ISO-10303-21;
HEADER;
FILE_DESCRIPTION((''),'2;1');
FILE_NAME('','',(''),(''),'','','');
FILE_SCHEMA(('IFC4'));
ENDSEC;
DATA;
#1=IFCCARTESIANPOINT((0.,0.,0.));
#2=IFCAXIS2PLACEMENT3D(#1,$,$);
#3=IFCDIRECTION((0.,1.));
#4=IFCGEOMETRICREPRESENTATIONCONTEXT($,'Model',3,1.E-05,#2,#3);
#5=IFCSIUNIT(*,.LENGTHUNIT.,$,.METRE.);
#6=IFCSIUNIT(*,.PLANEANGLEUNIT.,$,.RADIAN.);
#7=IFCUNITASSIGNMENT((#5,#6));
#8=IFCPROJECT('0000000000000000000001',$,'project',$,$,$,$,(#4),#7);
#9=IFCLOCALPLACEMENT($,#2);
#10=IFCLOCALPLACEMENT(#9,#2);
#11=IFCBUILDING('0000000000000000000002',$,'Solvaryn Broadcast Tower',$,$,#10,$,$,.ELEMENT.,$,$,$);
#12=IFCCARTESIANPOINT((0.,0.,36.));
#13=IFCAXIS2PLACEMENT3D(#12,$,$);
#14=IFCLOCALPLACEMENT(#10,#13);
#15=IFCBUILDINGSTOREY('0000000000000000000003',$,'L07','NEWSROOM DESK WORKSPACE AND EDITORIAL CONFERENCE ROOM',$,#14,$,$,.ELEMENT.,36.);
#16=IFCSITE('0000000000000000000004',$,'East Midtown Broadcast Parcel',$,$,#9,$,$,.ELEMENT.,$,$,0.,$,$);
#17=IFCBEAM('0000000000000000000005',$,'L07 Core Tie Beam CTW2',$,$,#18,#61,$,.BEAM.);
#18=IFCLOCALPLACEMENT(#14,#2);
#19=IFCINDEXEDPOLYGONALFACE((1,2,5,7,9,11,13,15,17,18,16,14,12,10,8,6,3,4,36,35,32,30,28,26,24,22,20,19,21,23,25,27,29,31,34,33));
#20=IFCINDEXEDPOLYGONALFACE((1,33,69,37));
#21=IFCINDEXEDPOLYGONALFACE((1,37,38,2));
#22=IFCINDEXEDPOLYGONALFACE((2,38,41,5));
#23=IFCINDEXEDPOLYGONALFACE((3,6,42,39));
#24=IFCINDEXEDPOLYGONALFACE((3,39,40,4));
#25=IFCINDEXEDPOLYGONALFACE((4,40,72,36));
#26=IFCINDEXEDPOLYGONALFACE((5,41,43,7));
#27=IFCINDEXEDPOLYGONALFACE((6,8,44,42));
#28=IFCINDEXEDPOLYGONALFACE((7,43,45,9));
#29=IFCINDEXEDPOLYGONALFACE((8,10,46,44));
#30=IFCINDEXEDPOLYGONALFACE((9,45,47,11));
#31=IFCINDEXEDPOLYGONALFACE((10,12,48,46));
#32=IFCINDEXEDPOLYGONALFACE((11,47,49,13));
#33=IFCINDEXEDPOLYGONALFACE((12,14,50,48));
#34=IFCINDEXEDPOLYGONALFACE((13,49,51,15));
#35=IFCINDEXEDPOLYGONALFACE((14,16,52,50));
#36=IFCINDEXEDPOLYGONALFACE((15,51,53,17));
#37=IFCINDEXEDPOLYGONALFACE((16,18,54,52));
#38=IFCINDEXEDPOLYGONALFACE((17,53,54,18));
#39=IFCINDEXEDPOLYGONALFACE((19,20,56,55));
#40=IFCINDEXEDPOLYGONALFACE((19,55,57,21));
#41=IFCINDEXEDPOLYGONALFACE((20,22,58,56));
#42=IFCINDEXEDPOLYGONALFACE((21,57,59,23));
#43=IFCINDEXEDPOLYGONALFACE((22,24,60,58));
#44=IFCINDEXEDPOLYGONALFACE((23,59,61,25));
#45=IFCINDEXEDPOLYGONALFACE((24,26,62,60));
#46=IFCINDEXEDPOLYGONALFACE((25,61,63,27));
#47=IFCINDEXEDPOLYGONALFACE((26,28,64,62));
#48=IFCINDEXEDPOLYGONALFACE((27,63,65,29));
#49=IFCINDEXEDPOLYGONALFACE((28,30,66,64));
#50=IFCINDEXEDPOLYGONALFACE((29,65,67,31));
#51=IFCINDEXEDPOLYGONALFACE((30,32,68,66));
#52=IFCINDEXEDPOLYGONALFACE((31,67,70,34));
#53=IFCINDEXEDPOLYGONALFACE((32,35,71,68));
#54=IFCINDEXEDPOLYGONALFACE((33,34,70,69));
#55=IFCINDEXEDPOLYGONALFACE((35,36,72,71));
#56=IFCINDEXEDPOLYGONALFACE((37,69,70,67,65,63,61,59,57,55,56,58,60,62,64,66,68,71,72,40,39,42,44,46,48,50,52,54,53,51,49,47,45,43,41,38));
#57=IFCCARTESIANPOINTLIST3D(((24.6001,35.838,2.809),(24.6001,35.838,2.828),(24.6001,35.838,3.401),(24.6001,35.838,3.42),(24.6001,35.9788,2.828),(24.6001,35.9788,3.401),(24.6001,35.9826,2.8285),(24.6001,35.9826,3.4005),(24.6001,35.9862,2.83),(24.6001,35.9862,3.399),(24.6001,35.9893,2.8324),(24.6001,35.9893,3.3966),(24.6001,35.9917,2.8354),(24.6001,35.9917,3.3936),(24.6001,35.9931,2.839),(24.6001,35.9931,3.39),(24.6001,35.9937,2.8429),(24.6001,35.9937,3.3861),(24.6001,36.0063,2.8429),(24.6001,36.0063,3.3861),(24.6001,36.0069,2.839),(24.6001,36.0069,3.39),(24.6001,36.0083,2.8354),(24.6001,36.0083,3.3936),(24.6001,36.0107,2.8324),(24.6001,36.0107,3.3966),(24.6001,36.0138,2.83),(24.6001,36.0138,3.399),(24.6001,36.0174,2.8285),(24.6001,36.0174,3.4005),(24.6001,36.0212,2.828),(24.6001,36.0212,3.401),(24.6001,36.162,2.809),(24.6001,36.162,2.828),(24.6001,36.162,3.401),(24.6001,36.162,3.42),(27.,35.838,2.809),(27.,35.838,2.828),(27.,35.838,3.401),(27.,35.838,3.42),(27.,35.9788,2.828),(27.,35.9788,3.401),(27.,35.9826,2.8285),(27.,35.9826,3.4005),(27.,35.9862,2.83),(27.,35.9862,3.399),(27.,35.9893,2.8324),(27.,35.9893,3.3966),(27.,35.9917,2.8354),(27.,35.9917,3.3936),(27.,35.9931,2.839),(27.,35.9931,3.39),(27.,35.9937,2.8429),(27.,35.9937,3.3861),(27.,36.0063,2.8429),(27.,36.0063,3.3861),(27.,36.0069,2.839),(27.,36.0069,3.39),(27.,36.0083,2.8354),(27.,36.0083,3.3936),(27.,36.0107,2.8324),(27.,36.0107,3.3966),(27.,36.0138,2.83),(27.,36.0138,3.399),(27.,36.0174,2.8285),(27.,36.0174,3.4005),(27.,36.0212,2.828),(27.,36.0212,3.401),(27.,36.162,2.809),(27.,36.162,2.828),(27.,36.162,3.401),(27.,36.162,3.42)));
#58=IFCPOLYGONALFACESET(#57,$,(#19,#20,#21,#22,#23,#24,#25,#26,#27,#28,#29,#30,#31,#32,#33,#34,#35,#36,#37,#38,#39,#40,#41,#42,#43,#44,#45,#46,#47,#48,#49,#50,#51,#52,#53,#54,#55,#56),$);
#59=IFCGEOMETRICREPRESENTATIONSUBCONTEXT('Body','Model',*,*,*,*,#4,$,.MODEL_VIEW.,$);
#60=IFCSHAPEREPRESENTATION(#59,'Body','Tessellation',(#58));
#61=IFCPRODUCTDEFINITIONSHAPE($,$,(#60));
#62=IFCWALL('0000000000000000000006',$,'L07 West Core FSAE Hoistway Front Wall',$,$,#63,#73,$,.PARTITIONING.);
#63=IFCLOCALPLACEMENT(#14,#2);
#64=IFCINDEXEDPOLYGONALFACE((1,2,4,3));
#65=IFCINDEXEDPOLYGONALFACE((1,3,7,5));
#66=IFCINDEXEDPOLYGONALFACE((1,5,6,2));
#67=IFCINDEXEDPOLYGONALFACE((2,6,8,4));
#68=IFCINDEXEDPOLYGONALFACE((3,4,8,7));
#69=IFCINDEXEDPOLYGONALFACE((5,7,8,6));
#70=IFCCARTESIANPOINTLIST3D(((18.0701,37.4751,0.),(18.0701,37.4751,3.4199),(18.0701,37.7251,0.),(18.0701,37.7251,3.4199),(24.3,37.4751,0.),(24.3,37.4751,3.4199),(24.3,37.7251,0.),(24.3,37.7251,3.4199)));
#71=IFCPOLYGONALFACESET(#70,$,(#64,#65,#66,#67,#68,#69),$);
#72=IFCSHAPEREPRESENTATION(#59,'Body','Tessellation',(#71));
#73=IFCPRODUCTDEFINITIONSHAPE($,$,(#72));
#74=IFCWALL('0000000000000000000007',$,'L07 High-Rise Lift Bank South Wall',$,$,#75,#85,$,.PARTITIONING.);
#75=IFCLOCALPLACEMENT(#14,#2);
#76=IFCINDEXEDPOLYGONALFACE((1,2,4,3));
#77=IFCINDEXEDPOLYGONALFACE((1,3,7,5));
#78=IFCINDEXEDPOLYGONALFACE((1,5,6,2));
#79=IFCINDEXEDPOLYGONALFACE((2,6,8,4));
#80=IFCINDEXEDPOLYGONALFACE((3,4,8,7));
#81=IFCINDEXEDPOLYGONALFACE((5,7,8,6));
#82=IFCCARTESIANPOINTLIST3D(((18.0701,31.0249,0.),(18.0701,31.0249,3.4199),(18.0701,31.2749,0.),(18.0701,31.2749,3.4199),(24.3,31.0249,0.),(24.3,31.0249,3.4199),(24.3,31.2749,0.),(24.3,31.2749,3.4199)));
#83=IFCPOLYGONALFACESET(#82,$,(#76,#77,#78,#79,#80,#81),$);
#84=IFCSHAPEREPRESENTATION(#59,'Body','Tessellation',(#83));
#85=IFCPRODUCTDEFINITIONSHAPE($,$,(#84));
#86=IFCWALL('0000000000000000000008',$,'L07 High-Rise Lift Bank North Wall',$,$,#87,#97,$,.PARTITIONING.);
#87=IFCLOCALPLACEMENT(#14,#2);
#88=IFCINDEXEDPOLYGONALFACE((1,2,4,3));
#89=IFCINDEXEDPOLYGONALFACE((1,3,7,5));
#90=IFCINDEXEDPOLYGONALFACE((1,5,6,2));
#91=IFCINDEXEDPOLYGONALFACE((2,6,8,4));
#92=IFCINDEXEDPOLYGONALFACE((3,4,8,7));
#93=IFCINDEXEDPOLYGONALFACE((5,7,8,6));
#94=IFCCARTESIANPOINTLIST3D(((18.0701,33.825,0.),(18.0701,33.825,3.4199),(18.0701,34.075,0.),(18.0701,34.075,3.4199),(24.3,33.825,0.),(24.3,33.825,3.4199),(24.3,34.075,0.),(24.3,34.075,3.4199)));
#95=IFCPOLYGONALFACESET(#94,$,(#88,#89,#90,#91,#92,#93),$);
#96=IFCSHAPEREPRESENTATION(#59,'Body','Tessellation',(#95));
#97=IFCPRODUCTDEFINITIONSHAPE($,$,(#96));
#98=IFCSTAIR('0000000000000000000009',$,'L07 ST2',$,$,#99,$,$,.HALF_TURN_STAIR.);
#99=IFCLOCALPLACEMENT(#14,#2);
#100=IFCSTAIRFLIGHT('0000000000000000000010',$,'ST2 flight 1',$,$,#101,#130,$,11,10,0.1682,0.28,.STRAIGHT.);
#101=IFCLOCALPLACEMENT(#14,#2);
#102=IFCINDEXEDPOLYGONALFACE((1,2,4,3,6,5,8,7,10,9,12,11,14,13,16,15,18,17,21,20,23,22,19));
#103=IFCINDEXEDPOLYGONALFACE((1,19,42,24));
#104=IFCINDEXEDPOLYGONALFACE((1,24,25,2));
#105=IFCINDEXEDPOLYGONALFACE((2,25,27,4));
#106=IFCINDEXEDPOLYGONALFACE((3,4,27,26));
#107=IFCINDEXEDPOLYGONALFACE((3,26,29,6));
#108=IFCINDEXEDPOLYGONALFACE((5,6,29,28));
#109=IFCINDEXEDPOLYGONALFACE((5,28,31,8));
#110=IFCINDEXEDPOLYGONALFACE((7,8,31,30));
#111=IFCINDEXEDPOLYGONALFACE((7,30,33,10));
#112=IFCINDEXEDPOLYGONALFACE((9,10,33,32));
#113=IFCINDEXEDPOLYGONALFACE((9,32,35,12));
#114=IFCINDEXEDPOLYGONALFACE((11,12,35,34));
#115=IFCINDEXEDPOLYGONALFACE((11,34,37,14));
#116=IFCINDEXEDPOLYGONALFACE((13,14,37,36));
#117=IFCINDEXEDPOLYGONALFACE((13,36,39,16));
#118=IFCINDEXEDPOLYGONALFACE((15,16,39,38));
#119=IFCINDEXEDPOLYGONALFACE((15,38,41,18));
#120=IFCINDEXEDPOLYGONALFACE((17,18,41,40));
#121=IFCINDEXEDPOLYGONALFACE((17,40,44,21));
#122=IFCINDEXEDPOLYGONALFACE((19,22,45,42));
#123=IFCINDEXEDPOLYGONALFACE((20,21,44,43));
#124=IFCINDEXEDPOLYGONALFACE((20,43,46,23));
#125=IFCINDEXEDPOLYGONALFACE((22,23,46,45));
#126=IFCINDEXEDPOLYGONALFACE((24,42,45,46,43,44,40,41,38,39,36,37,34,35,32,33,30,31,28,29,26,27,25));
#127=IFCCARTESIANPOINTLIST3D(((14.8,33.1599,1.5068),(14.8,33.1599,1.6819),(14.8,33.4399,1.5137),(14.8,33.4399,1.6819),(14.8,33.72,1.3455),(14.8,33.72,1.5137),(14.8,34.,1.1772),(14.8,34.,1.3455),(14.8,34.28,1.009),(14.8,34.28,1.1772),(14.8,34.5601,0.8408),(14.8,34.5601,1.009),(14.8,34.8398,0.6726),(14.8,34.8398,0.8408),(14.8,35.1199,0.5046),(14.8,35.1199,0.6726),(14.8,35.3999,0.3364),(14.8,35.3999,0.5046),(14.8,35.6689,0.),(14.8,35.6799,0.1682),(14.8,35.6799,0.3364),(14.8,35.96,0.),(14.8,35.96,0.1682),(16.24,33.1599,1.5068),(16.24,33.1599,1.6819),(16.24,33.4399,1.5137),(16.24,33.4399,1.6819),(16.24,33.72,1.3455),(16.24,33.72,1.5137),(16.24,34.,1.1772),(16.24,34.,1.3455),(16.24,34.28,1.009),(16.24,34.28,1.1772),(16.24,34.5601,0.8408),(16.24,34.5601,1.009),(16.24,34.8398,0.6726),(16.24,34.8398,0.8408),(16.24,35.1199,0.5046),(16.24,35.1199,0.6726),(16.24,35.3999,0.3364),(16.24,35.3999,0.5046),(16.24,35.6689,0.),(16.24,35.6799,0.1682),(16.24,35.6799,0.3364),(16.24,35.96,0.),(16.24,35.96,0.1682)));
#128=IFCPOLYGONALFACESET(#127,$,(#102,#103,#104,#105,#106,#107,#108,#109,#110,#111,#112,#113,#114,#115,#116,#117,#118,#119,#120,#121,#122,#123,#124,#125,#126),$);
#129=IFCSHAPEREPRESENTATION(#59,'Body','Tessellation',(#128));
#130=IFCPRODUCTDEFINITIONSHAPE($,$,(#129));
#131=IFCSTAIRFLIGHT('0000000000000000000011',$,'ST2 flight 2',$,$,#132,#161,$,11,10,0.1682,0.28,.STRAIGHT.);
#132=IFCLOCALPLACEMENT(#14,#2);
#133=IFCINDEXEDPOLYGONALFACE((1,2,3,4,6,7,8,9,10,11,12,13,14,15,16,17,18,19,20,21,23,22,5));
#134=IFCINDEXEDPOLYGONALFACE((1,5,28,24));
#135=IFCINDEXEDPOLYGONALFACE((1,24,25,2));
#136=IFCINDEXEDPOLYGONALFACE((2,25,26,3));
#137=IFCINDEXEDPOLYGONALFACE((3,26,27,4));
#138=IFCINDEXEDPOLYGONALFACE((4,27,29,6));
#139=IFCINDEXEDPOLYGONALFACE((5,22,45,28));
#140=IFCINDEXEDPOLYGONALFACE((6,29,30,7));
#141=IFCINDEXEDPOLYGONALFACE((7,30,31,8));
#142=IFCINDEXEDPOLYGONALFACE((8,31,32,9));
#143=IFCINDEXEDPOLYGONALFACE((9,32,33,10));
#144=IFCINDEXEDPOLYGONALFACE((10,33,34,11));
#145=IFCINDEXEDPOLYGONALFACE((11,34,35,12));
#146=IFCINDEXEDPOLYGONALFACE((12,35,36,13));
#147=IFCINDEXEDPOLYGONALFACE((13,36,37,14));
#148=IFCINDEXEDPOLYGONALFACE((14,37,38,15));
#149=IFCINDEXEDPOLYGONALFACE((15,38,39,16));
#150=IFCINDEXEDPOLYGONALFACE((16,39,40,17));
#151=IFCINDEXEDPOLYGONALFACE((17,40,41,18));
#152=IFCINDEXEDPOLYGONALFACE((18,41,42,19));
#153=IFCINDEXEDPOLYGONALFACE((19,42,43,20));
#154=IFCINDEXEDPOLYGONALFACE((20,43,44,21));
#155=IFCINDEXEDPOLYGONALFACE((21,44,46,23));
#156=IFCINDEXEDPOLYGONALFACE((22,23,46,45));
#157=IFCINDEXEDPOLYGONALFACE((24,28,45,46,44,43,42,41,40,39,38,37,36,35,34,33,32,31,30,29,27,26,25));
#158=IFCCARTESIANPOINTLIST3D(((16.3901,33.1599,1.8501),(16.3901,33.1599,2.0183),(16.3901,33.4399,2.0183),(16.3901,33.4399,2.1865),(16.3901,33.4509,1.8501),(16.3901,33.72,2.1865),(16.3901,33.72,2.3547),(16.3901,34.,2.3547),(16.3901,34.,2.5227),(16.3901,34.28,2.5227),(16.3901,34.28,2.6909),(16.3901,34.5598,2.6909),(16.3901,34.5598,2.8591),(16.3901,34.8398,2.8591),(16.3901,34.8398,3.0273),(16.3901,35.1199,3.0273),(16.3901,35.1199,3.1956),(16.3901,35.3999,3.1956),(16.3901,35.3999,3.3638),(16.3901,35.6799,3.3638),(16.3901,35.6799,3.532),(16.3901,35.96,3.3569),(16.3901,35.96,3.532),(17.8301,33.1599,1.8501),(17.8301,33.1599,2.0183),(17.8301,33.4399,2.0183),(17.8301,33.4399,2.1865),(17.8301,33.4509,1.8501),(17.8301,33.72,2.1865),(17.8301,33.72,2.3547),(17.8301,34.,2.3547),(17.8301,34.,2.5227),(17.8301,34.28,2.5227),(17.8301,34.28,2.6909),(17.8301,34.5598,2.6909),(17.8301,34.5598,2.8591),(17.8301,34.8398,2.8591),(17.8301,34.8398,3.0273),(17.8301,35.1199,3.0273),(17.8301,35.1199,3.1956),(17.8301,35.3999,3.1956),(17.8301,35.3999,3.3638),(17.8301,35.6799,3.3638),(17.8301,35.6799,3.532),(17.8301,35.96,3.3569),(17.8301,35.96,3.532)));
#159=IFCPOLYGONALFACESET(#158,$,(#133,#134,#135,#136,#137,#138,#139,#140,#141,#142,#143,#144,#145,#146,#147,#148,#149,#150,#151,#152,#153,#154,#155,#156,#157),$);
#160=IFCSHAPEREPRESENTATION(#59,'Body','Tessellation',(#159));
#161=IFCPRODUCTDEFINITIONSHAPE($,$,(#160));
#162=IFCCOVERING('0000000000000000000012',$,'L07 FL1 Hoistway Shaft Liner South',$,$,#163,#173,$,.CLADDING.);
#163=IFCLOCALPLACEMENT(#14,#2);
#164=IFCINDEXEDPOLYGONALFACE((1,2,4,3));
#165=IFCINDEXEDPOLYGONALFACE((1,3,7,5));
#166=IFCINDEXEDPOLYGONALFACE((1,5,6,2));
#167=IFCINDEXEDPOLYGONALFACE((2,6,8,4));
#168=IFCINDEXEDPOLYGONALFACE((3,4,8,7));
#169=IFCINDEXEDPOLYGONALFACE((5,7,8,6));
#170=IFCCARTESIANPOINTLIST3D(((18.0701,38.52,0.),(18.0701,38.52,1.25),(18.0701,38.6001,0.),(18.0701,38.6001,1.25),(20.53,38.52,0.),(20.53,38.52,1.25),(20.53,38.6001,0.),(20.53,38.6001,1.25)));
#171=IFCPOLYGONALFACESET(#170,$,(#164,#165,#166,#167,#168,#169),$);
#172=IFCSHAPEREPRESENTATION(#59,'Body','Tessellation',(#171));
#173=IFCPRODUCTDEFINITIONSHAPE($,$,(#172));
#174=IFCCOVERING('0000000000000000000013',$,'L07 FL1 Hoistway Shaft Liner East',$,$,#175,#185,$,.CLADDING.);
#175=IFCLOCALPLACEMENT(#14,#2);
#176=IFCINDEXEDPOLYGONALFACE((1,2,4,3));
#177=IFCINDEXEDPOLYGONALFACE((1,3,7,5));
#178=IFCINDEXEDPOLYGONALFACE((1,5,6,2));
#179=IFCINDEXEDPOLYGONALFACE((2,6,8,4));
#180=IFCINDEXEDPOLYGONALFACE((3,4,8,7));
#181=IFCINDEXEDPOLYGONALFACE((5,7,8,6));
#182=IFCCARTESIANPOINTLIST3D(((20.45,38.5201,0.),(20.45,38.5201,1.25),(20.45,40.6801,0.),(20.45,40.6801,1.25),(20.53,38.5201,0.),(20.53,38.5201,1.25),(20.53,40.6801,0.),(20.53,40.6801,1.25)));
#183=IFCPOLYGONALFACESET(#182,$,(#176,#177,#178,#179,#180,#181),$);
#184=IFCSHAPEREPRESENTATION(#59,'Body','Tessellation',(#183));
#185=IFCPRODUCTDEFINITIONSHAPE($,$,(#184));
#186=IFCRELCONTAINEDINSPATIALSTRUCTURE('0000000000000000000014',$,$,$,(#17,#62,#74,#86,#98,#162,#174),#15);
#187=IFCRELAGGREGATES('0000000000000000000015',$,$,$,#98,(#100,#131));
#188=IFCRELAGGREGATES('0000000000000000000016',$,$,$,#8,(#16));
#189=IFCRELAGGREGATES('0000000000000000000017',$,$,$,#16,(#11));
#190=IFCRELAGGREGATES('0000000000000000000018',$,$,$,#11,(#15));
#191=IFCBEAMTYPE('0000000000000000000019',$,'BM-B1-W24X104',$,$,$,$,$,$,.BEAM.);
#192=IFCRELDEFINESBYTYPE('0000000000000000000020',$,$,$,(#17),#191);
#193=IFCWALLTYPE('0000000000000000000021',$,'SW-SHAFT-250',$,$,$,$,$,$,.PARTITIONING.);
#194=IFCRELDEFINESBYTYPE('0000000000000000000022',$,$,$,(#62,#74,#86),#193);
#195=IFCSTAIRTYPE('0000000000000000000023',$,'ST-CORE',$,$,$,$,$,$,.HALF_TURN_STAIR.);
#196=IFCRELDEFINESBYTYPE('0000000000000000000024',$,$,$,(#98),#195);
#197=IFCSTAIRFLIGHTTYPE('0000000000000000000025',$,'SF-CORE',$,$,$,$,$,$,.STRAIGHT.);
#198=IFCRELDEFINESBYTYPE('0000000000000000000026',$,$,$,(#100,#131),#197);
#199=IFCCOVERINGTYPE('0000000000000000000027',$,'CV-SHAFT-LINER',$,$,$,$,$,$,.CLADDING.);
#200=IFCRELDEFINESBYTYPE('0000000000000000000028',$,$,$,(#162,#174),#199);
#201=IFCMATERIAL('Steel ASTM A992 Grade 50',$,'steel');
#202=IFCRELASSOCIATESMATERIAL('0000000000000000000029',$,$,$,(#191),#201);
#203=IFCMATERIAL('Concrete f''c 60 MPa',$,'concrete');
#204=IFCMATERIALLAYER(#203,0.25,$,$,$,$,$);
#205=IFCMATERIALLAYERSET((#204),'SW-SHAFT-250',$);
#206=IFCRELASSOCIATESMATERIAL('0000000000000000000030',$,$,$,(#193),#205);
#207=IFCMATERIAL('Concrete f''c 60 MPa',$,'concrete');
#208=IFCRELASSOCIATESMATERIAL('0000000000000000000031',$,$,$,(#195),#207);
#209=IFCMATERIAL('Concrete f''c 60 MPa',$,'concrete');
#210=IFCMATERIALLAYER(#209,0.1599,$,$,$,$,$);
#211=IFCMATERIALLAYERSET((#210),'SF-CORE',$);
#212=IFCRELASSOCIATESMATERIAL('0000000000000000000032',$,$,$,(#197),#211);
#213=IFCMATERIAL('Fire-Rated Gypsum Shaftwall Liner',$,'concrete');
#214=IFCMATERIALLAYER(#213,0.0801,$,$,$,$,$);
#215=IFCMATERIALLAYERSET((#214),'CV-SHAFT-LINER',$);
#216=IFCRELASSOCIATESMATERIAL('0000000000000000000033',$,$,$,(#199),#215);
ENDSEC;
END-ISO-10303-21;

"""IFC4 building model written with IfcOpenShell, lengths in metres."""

from ifc_helpers import new_model, si_unit, direction, frame, frame_2d, origin, origin_2d, place, context, subcontext, project, spatial, polyline, rectangle, i_section, outline, extrude, material, layer, layer_set, material_profile, profile_set, type_object, element, aggregate, save


model = new_model("IFC4")

# Units and contexts
model_context = context("Model", 3, precision=1e-05, world=origin(), true_north=direction((0.0, 1.0)))
body_context = subcontext(model_context, "Body", "Model", "MODEL_VIEW")
ifc_project = project(units=[si_unit("LENGTHUNIT", "METRE"), si_unit("PLANEANGLEUNIT", "RADIAN")], contexts=[model_context])

# Site, building, storey
site_placement = place(None, origin())
site = spatial("IfcSite", under=ifc_project, at=site_placement, Name="East Midtown Broadcast Parcel", CompositionType="ELEMENT", RefElevation=0.0)
building_placement = place(site_placement, origin())
building = spatial("IfcBuilding", under=site, at=building_placement, Name="Solvaryn Broadcast Tower", CompositionType="ELEMENT")
storey_placement = place(building_placement, frame((0.0, 0.0, 36.0)))
storey = spatial("IfcBuildingStorey", under=building, at=storey_placement, Name="L07", Description="NEWSROOM DESK WORKSPACE AND EDITORIAL CONFERENCE ROOM", CompositionType="ELEMENT", Elevation=36.0)

# Beam
ifc_material_1 = material(Name="Steel ASTM A992 Grade 50", Category="steel")
ifc_material_profile = material_profile(ifc_material_1, i_section(OverallWidth=0.324, OverallDepth=0.6111, WebThickness=0.0127, FlangeThickness=0.019, FilletRadius=0.0149, at=origin_2d()))
ifc_profile_set = profile_set([ifc_material_profile], Name="Steel ASTM A992 Grade 50")
beam_type = type_object("IfcBeamType", Name="BM-B1-W24X104", PredefinedType="BEAM", material=ifc_profile_set)
beam_placement = place(storey_placement, frame((24.6001, 36.0, 3.1145), z_axis=(1.0, 0.0, 0.0), x_axis=(0.0, 1.0, 0.0)))
element("IfcBeam", 1, at=beam_placement, inside=storey, type_object=beam_type, Name="L07 Core Tie Beam CTW2", PredefinedType="BEAM", context=body_context, shape_type="SweptSolid", body=[
    extrude(i_section(OverallWidth=0.324, OverallDepth=0.6111, WebThickness=0.0127, FlangeThickness=0.019, FilletRadius=0.0149, at=origin_2d()), origin(), (0.0, 0.0, 1.0), 2.3999),
])

# Walls
ifc_material_2 = material(Name="Concrete f'c 60 MPa", Category="concrete")
ifc_layer_1 = layer(ifc_material_2, 0.25)
ifc_layer_set_1 = layer_set([ifc_layer_1], Name="SW-SHAFT-250")
wall_type_1 = type_object("IfcWallType", Name="SW-SHAFT-250", PredefinedType="PARTITIONING", material=ifc_layer_set_1)
for number, where, z_axis, x_axis, name in (
    (2, (18.0701, 37.6001, 0.0), (0.0, 0.0, 1.0), (1.0, 0.0, 0.0), "L07 West Core FSAE Hoistway Front Wall"),
    (3, (18.0701, 31.1499, 0.0), (0.0, 0.0, 1.0), (1.0, 0.0, 0.0), "L07 High-Rise Lift Bank South Wall"),
    (4, (24.3, 33.95, 0.0), (0.0, 0.0, 1.0), (-1.0, 0.0, 0.0), "L07 High-Rise Lift Bank North Wall"),
):
    element("IfcWall", number, at=place(storey_placement, frame(where, z_axis=z_axis, x_axis=x_axis)), inside=storey, type_object=wall_type_1, Name=name, PredefinedType="PARTITIONING", context=body_context, shape_type="SweptSolid", body=[
        extrude(rectangle(XDim=6.23, YDim=0.25, at=frame_2d((3.115, 0.0))), origin(), (0.0, 0.0, 1.0), 3.4199),
    ])

# Stair, stair flights
ifc_material_3 = material(Name="Concrete f'c 60 MPa", Category="concrete")
stair_type = type_object("IfcStairType", Name="ST-CORE", PredefinedType="HALF_TURN_STAIR", material=ifc_material_3)
stair_placement = place(storey_placement, origin())
stair = element("IfcStair", 5, at=stair_placement, inside=storey, type_object=stair_type, Name="L07 ST2", PredefinedType="HALF_TURN_STAIR")
ifc_material_4 = material(Name="Concrete f'c 60 MPa", Category="concrete")
ifc_layer_2 = layer(ifc_material_4, 0.1599)
ifc_layer_set_2 = layer_set([ifc_layer_2], Name="SF-CORE")
stair_flight_type = type_object("IfcStairFlightType", Name="SF-CORE", PredefinedType="STRAIGHT", material=ifc_layer_set_2)
stair_flight_1_placement = place(storey_placement, frame((15.52, 35.96, 0.0), z_axis=(0.0, 0.0, 1.0), x_axis=(0.0, -1.0, 0.0)))
stair_flight_1 = element("IfcStairFlight", 6, at=stair_flight_1_placement, type_object=stair_flight_type, Name="ST2 flight 1", NumberOfRisers=11, NumberOfTreads=10, PredefinedType="STRAIGHT", RiserHeight=0.1682, TreadLength=0.28, context=body_context, shape_type="SweptSolid", body=[
    extrude(outline(polyline([(0.0, 0.0), (0.0, 0.1682), (0.28, 0.1682), (0.28, 0.3364), (0.5601, 0.3364), (0.5601, 0.5046), (0.8401, 0.5046), (0.8401, 0.6726), (1.1201, 0.6726), (1.1201, 0.8408), (1.3999, 0.8408), (1.3999, 1.009), (1.6799, 1.009), (1.6799, 1.1772), (1.96, 1.1772), (1.96, 1.3455), (2.24, 1.3455), (2.24, 1.5137), (2.52, 1.5137), (2.52, 1.6819), (2.8, 1.6819), (2.8, 1.8501), (2.8, 1.5068), (0.291, 0.0), (0.0, 0.0)])), frame((0.0, 0.72, 0.0), z_axis=(0.0, -1.0, 0.0), x_axis=(1.0, 0.0, 0.0)), (0.0, 0.0, 1.0), 1.4399),
])
stair_flight_2_placement = place(storey_placement, frame((17.1101, 33.1599, 1.8501), z_axis=(0.0, 0.0, 1.0), x_axis=(0.0, 1.0, 0.0)))
stair_flight_2 = element("IfcStairFlight", 7, at=stair_flight_2_placement, type_object=stair_flight_type, Name="ST2 flight 2", NumberOfRisers=11, NumberOfTreads=10, PredefinedType="STRAIGHT", RiserHeight=0.1682, TreadLength=0.28, context=body_context, shape_type="SweptSolid", body=[
    extrude(outline(polyline([(0.0, 0.0), (0.0, 0.1682), (0.28, 0.1682), (0.28, 0.3364), (0.5601, 0.3364), (0.5601, 0.5046), (0.8401, 0.5046), (0.8401, 0.6726), (1.1201, 0.6726), (1.1201, 0.8408), (1.3999, 0.8408), (1.3999, 1.009), (1.6799, 1.009), (1.6799, 1.1772), (1.96, 1.1772), (1.96, 1.3455), (2.24, 1.3455), (2.24, 1.5137), (2.52, 1.5137), (2.52, 1.6819), (2.8, 1.6819), (2.8, 1.8501), (2.8, 1.5068), (0.291, 0.0), (0.0, 0.0)])), frame((0.0, 0.72, 0.0), z_axis=(0.0, -1.0, 0.0), x_axis=(1.0, 0.0, 0.0)), (0.0, 0.0, 1.0), 1.4399),
])
aggregate(stair, [stair_flight_1, stair_flight_2])

# Coverings
ifc_material_5 = material(Name="Fire-Rated Gypsum Shaftwall Liner", Category="concrete")
ifc_layer_3 = layer(ifc_material_5, 0.0801)
ifc_layer_set_3 = layer_set([ifc_layer_3], Name="CV-SHAFT-LINER")
covering_type = type_object("IfcCoveringType", Name="CV-SHAFT-LINER", PredefinedType="CLADDING", material=ifc_layer_set_3)
covering_1_placement = place(storey_placement, frame((19.3, 38.5601, 0.0), z_axis=(0.0, 0.0, 1.0), x_axis=(1.0, 0.0, 0.0)))
element("IfcCovering", 8, at=covering_1_placement, inside=storey, type_object=covering_type, Name="L07 FL1 Hoistway Shaft Liner South", PredefinedType="CLADDING", context=body_context, shape_type="SweptSolid", body=[
    extrude(rectangle(XDim=2.46, YDim=0.0801, at=origin_2d()), origin(), (0.0, 0.0, 1.0), 1.25),
])
covering_2_placement = place(storey_placement, frame((20.49, 39.6001, 0.0), z_axis=(0.0, 0.0, 1.0), x_axis=(1.0, 0.0, 0.0)))
element("IfcCovering", 9, at=covering_2_placement, inside=storey, type_object=covering_type, Name="L07 FL1 Hoistway Shaft Liner East", PredefinedType="CLADDING", context=body_context, shape_type="SweptSolid", body=[
    extrude(rectangle(XDim=0.0801, YDim=2.1599, at=origin_2d()), origin(), (0.0, 0.0, 1.0), 1.25),
])

save(model, "model.ifc")
